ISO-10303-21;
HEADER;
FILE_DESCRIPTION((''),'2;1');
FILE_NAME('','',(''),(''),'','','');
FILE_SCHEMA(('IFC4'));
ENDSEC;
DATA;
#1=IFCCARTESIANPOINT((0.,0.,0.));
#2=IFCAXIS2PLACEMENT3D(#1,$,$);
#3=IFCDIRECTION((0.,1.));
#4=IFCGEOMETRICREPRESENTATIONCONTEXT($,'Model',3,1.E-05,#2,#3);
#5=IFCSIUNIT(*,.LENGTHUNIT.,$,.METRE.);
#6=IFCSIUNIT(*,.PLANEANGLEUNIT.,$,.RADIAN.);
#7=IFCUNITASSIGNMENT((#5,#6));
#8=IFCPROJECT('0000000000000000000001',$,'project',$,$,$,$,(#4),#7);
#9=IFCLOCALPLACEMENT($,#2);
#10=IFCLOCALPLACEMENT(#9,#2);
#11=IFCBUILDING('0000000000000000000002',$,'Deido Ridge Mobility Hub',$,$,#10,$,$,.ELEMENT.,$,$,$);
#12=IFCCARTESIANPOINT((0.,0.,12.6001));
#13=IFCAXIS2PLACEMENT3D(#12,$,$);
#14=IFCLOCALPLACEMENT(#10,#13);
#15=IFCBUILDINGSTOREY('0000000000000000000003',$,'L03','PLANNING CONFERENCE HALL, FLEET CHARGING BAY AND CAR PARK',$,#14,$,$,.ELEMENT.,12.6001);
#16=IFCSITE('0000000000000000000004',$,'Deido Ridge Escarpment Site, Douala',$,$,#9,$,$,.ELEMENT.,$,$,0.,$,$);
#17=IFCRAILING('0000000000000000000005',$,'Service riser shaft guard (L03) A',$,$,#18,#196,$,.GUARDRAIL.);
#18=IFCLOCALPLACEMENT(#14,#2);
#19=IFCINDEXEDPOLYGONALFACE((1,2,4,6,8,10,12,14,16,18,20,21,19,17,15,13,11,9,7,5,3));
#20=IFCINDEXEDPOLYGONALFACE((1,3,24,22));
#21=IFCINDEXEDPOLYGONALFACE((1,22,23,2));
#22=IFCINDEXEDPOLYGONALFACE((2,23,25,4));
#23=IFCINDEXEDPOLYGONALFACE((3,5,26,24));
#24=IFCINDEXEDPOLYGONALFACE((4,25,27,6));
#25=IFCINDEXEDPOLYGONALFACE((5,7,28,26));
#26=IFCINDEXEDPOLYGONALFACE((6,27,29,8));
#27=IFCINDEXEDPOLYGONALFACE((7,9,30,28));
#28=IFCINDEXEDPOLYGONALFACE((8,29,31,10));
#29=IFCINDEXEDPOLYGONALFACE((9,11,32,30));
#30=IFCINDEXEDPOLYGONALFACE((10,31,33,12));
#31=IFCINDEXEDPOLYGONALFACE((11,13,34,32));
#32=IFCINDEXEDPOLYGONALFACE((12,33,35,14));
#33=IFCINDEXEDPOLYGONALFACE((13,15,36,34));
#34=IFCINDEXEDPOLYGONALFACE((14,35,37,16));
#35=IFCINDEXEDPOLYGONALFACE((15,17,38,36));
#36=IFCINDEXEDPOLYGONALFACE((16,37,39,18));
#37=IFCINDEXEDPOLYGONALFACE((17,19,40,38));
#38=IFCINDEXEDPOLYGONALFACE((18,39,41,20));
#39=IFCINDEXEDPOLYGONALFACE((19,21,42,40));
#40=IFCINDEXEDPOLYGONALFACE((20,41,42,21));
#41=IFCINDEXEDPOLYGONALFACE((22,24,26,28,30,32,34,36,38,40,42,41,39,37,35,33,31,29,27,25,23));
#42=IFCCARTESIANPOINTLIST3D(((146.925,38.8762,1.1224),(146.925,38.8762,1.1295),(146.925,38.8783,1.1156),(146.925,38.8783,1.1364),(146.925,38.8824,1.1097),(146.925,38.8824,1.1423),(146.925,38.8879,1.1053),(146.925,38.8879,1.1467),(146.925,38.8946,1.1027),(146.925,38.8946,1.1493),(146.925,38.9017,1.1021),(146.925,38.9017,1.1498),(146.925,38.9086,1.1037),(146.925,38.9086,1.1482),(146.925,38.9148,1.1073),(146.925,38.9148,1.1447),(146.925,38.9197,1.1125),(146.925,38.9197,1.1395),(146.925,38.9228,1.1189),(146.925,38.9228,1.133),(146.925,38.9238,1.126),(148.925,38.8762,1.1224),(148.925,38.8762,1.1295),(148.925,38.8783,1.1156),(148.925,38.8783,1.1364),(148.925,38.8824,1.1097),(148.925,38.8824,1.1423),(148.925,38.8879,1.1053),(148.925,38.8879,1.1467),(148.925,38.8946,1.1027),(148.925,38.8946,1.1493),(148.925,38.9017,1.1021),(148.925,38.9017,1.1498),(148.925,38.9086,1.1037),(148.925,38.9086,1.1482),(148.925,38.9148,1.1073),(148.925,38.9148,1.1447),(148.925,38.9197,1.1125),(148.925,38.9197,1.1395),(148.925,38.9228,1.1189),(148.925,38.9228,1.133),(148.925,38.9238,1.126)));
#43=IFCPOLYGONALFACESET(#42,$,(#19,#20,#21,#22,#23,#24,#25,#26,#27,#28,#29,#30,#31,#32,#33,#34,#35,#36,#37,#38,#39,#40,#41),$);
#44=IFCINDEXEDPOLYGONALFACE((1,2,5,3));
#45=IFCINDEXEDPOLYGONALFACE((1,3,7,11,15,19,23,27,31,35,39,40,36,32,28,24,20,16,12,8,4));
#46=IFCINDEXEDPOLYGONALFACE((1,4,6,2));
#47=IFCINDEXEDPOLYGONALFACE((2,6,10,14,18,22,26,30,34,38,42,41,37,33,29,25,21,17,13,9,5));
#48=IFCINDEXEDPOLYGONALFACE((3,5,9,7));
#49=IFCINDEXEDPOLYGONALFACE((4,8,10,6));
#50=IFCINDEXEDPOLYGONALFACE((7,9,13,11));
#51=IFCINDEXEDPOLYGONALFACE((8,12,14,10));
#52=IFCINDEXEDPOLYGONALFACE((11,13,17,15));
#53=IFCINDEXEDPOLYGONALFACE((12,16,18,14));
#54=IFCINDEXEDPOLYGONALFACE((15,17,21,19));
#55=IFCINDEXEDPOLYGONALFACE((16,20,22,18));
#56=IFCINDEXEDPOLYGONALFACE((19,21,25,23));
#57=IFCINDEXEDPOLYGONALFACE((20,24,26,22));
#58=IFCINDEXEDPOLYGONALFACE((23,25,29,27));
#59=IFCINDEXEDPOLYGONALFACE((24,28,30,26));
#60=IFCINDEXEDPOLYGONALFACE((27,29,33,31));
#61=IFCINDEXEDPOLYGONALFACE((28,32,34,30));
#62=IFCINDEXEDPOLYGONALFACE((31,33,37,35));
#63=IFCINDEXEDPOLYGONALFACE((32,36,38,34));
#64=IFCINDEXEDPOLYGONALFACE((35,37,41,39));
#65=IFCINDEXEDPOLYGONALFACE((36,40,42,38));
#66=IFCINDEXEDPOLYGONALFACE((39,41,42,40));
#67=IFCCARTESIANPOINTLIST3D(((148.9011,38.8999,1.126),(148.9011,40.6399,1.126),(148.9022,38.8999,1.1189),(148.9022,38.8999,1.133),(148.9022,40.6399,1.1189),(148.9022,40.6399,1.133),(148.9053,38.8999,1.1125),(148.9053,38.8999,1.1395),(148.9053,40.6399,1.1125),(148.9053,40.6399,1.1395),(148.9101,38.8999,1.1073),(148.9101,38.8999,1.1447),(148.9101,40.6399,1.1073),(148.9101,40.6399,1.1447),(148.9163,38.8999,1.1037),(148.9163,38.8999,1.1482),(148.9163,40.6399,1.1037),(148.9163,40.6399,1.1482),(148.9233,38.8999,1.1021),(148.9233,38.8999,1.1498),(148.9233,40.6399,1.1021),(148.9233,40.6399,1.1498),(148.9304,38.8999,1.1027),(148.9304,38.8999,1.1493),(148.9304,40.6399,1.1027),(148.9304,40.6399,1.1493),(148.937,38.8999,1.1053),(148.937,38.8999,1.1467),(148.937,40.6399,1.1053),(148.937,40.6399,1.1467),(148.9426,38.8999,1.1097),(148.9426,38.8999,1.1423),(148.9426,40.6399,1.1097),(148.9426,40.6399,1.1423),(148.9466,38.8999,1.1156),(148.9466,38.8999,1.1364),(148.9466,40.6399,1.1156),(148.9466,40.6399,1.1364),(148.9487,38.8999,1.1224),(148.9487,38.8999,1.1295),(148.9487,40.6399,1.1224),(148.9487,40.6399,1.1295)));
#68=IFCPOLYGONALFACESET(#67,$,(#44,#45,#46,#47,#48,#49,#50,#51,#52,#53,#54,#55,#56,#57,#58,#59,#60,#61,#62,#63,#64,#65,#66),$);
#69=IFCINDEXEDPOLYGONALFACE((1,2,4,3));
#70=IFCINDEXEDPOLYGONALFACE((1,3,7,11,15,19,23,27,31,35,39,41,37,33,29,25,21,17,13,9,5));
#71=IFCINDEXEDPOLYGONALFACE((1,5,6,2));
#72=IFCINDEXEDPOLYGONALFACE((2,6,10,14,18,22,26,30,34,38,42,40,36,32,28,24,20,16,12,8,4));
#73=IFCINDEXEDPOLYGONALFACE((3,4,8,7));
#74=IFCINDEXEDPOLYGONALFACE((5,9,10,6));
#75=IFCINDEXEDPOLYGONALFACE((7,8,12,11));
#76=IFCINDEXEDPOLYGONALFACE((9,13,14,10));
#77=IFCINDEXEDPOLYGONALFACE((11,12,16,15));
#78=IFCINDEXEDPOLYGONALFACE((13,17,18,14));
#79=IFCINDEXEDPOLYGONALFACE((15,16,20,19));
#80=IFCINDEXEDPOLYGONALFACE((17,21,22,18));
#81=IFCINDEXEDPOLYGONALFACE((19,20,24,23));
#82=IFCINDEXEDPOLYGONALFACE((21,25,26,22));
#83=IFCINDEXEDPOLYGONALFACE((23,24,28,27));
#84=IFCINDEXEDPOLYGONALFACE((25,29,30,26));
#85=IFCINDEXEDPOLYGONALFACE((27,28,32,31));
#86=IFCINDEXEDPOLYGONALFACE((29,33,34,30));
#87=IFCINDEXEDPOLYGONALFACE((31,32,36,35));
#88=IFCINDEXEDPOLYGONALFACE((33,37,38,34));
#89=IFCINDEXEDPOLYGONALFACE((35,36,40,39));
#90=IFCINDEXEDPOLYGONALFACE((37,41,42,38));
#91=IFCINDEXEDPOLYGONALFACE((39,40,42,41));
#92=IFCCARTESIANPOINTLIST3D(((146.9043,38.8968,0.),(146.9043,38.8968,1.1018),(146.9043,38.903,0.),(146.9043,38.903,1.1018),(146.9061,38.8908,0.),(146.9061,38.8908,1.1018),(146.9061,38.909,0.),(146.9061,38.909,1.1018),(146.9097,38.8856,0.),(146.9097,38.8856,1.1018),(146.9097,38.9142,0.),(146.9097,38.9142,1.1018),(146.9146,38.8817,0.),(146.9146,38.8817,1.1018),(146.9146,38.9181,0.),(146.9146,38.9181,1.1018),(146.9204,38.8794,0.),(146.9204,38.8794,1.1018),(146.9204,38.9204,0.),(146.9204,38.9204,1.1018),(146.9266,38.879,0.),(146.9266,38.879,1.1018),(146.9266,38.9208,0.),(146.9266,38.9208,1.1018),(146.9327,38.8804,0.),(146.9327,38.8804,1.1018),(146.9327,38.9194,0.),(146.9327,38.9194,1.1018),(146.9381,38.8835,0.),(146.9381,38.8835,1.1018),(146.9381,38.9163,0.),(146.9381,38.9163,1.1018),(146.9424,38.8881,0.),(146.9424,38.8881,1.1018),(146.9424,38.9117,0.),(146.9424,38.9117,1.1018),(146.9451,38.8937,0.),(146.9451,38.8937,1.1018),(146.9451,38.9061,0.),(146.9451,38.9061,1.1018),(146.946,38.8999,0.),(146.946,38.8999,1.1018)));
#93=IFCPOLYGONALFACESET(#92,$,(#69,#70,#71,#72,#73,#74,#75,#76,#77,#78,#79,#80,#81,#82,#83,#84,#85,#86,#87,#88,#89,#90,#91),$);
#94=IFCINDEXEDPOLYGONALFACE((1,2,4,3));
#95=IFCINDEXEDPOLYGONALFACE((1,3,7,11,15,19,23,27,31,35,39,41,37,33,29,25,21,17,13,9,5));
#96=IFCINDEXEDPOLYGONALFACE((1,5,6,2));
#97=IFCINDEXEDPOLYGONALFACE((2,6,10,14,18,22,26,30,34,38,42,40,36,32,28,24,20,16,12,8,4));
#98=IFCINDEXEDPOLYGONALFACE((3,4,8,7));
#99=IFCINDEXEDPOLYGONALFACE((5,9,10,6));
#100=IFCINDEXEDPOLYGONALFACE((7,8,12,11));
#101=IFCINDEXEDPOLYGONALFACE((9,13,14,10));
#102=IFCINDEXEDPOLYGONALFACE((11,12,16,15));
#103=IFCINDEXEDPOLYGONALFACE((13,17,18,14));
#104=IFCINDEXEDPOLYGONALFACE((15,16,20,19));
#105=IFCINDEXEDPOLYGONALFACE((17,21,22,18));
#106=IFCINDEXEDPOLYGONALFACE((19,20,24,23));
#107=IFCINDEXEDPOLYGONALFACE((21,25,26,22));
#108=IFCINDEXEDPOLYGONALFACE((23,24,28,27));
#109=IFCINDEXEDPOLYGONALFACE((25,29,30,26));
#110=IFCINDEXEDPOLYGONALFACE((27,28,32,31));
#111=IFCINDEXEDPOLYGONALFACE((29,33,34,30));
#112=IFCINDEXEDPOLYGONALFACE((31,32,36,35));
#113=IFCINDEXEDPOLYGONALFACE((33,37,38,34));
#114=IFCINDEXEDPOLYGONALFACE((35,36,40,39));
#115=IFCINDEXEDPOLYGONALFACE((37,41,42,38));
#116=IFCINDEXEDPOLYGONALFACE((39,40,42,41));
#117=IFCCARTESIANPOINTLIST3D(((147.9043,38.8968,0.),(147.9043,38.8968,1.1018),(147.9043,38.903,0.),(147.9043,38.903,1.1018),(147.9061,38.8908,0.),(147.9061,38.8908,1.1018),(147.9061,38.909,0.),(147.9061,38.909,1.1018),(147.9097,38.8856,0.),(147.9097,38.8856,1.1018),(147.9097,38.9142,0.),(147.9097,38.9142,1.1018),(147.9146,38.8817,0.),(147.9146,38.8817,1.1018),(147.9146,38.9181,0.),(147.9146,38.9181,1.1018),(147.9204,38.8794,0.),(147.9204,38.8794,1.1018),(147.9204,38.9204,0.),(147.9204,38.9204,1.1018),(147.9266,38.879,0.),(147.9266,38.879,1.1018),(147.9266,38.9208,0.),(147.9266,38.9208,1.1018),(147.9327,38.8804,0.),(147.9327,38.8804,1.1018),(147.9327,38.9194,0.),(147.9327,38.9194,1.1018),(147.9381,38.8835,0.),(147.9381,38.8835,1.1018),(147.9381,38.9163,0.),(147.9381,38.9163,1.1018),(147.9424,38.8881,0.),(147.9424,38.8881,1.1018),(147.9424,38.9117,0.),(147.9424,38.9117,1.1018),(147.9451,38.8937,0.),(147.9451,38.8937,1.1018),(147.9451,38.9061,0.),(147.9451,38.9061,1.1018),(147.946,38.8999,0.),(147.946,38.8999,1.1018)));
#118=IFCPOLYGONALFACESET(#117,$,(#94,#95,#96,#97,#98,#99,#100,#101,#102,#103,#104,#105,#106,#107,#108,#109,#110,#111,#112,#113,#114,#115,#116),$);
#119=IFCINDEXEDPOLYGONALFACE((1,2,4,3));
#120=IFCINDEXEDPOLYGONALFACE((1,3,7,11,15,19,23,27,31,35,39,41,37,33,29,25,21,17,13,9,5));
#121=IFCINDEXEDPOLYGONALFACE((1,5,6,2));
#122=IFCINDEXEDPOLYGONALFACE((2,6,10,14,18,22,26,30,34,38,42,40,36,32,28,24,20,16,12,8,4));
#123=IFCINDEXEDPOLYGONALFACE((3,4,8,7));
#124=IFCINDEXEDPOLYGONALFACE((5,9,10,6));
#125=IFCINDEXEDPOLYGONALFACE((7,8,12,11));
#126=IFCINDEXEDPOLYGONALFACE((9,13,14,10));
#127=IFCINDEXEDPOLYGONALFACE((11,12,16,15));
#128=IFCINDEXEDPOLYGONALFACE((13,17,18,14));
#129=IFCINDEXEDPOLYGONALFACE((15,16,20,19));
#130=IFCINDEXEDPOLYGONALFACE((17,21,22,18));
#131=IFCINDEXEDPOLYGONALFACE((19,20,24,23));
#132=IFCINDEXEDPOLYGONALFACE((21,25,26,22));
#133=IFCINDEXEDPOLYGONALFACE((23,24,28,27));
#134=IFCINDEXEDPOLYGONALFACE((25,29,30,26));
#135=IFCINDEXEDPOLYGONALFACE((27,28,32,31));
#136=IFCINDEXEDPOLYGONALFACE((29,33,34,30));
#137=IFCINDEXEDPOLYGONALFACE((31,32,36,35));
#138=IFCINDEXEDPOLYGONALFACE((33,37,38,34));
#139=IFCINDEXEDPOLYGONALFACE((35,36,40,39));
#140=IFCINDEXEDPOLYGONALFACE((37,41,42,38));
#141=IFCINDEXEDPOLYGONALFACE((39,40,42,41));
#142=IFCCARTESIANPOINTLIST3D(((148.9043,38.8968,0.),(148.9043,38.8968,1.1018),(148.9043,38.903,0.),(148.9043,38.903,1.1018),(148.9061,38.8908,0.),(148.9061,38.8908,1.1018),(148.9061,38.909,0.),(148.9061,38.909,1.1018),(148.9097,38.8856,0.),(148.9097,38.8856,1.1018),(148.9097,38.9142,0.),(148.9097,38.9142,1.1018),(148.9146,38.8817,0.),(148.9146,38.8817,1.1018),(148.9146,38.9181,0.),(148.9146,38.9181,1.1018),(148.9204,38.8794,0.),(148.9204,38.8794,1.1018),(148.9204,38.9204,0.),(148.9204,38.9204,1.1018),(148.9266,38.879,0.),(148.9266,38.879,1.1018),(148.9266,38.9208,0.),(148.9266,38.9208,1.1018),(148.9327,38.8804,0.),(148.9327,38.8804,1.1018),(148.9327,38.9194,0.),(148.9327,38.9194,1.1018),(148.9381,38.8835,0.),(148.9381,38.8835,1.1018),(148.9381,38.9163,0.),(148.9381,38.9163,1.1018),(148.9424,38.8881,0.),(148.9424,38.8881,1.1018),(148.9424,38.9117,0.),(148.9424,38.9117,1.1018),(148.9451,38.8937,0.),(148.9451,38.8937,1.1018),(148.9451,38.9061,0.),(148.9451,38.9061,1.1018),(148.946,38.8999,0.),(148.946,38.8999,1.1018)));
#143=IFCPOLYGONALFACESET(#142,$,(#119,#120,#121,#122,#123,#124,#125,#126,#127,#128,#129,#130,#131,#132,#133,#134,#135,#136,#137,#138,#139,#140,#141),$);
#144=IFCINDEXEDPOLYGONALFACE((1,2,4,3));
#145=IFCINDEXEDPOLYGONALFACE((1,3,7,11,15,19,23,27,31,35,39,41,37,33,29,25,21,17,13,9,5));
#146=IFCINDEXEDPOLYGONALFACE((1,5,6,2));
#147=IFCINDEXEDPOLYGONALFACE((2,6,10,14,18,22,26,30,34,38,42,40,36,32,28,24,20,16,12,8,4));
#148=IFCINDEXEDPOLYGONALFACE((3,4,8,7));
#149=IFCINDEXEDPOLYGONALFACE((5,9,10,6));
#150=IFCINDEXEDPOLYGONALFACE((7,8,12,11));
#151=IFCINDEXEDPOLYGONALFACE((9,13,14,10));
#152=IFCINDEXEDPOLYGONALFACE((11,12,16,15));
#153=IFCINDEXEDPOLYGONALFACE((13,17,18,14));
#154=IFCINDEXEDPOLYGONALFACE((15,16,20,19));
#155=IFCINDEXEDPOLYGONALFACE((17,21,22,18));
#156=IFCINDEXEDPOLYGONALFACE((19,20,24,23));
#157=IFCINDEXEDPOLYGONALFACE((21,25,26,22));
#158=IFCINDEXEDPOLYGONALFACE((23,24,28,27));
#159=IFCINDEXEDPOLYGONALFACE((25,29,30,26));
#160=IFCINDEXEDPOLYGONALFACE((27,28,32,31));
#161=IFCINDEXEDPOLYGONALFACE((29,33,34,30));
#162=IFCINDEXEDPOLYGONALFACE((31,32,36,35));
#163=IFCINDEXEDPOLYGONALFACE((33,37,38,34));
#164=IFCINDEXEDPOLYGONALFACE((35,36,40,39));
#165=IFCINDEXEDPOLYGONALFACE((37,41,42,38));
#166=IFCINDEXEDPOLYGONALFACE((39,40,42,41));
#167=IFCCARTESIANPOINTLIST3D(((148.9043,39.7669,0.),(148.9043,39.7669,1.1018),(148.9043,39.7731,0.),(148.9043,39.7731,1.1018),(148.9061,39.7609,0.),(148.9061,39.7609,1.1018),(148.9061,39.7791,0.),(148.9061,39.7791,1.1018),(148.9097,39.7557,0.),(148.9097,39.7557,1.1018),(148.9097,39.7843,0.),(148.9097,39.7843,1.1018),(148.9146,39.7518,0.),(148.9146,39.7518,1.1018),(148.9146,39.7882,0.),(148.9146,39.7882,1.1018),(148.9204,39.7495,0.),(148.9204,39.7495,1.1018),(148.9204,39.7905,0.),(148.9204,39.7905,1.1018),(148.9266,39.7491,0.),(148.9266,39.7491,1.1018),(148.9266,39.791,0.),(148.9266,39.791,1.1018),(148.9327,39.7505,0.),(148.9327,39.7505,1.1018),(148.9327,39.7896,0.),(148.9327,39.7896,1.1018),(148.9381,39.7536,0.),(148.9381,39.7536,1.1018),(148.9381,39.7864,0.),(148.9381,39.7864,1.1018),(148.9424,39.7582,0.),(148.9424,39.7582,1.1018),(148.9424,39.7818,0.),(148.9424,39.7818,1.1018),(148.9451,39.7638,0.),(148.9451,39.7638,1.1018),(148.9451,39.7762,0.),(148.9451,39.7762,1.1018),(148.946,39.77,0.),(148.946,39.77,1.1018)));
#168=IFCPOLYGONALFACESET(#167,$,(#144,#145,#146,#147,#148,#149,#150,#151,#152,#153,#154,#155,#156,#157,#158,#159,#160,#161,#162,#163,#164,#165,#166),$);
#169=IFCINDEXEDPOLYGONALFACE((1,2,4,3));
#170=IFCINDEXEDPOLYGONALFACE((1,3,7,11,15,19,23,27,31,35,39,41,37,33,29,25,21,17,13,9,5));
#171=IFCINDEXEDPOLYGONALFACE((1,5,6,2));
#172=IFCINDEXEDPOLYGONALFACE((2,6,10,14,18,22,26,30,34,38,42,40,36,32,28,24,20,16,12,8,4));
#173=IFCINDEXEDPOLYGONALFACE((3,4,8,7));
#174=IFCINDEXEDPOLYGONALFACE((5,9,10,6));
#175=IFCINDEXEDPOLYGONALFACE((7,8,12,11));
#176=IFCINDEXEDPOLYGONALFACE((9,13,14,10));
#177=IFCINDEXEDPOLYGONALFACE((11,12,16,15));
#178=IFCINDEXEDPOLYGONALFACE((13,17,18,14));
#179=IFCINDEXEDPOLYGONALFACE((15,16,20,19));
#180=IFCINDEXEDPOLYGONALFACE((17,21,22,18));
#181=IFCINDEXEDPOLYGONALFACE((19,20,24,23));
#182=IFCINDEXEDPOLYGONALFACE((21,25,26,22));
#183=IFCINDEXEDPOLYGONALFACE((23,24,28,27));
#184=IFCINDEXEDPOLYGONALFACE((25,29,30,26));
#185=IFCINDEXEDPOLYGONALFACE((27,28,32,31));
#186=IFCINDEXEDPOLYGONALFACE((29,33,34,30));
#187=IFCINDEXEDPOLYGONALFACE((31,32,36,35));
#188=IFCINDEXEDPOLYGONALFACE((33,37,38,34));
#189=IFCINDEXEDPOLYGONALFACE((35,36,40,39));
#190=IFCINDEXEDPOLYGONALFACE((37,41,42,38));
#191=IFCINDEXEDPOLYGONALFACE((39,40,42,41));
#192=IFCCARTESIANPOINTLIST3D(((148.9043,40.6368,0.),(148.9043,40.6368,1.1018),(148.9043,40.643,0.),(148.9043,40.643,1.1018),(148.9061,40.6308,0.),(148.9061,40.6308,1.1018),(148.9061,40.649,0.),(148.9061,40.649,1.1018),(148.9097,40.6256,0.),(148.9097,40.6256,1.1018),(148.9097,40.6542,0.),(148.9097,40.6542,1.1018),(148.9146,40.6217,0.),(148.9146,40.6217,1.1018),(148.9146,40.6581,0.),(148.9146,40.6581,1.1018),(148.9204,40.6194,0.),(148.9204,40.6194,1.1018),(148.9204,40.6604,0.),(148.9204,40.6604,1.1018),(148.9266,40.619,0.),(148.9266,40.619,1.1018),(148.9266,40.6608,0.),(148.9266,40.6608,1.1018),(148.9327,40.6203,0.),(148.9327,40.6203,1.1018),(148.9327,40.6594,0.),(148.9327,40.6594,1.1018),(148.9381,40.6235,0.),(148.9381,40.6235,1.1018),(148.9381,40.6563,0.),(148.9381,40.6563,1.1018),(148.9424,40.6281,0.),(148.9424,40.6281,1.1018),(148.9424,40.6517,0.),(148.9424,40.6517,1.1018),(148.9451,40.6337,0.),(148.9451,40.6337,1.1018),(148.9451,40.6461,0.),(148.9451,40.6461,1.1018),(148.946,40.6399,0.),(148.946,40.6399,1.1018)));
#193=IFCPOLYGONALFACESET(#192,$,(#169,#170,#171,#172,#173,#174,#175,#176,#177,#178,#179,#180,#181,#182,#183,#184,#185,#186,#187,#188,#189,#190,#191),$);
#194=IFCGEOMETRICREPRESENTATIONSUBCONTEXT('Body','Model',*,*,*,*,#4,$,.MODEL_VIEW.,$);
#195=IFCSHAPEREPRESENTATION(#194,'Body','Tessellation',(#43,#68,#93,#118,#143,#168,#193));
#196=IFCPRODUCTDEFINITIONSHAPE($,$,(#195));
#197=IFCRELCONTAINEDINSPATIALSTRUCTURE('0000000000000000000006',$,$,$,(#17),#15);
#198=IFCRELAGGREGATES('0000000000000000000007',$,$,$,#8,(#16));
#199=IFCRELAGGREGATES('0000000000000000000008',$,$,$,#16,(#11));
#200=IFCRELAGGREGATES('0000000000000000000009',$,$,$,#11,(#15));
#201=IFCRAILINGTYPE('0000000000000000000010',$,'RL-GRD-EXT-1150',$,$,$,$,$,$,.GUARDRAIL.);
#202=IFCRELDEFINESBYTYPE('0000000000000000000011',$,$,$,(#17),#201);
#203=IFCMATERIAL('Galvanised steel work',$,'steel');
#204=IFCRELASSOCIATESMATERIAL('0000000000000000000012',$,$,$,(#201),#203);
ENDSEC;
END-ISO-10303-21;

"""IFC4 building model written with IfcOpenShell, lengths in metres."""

from ifc_helpers import new_model, si_unit, direction, frame, origin, origin_2d, place, context, subcontext, project, spatial, circle, extrude, material, type_object, element, save


model = new_model("IFC4")

# Units and contexts
model_context = context("Model", 3, precision=1e-05, world=origin(), true_north=direction((0.0, 1.0)))
body_context = subcontext(model_context, "Body", "Model", "MODEL_VIEW")
ifc_project = project(units=[si_unit("LENGTHUNIT", "METRE"), si_unit("PLANEANGLEUNIT", "RADIAN")], contexts=[model_context])

# Site, building, storey
site_placement = place(None, origin())
site = spatial("IfcSite", under=ifc_project, at=site_placement, Name="Deido Ridge Escarpment Site, Douala", CompositionType="ELEMENT", RefElevation=0.0)
building_placement = place(site_placement, origin())
building = spatial("IfcBuilding", under=site, at=building_placement, Name="Deido Ridge Mobility Hub", CompositionType="ELEMENT")
storey_placement = place(building_placement, frame((0.0, 0.0, 12.6001)))
storey = spatial("IfcBuildingStorey", under=building, at=storey_placement, Name="L03", Description="PLANNING CONFERENCE HALL, FLEET CHARGING BAY AND CAR PARK", CompositionType="ELEMENT", Elevation=12.6001)

# Shared definitions
ifc_material_1 = material(Name="Galvanised steel work", Category="steel")

# Railing
railing_type_1 = type_object("IfcRailingType", Name="RL-GRD-EXT-1150", PredefinedType="GUARDRAIL", material=ifc_material_1)
railing_1_placement = place(storey_placement, frame((146.925, 38.8999, 0.0)))
element("IfcRailing", 1, at=railing_1_placement, inside=storey, type_object=railing_type_1, Name="Service riser shaft guard (L03) A", PredefinedType="GUARDRAIL", context=body_context, shape_type="SweptSolid", body=[
    extrude(circle(Radius=0.0239, at=origin_2d()), frame((0.0, 0.0, 1.126), z_axis=(1.0, 0.0, 0.0), x_axis=(0.0, 1.0, 0.0)), (0.0, 0.0, 1.0), 2.0),
    extrude(circle(Radius=0.0239, at=origin_2d()), frame((2.0, 0.0, 1.126), z_axis=(0.0, 1.0, 0.0), x_axis=(-1.0, 0.0, 0.0)), (0.0, 0.0, 1.0), 1.74),
    extrude(circle(Radius=0.021, at=origin_2d()), origin(), (0.0, 0.0, 1.0), 1.1018),
    extrude(circle(Radius=0.021, at=origin_2d()), frame((1.0, 0.0, 0.0)), (0.0, 0.0, 1.0), 1.1018),
    extrude(circle(Radius=0.021, at=origin_2d()), frame((2.0, 0.0, 0.0)), (0.0, 0.0, 1.0), 1.1018),
    extrude(circle(Radius=0.021, at=origin_2d()), frame((2.0, 0.8701, 0.0)), (0.0, 0.0, 1.0), 1.1018),
    extrude(circle(Radius=0.021, at=origin_2d()), frame((2.0, 1.74, 0.0)), (0.0, 0.0, 1.0), 1.1018),
])

save(model, "model.ifc")
